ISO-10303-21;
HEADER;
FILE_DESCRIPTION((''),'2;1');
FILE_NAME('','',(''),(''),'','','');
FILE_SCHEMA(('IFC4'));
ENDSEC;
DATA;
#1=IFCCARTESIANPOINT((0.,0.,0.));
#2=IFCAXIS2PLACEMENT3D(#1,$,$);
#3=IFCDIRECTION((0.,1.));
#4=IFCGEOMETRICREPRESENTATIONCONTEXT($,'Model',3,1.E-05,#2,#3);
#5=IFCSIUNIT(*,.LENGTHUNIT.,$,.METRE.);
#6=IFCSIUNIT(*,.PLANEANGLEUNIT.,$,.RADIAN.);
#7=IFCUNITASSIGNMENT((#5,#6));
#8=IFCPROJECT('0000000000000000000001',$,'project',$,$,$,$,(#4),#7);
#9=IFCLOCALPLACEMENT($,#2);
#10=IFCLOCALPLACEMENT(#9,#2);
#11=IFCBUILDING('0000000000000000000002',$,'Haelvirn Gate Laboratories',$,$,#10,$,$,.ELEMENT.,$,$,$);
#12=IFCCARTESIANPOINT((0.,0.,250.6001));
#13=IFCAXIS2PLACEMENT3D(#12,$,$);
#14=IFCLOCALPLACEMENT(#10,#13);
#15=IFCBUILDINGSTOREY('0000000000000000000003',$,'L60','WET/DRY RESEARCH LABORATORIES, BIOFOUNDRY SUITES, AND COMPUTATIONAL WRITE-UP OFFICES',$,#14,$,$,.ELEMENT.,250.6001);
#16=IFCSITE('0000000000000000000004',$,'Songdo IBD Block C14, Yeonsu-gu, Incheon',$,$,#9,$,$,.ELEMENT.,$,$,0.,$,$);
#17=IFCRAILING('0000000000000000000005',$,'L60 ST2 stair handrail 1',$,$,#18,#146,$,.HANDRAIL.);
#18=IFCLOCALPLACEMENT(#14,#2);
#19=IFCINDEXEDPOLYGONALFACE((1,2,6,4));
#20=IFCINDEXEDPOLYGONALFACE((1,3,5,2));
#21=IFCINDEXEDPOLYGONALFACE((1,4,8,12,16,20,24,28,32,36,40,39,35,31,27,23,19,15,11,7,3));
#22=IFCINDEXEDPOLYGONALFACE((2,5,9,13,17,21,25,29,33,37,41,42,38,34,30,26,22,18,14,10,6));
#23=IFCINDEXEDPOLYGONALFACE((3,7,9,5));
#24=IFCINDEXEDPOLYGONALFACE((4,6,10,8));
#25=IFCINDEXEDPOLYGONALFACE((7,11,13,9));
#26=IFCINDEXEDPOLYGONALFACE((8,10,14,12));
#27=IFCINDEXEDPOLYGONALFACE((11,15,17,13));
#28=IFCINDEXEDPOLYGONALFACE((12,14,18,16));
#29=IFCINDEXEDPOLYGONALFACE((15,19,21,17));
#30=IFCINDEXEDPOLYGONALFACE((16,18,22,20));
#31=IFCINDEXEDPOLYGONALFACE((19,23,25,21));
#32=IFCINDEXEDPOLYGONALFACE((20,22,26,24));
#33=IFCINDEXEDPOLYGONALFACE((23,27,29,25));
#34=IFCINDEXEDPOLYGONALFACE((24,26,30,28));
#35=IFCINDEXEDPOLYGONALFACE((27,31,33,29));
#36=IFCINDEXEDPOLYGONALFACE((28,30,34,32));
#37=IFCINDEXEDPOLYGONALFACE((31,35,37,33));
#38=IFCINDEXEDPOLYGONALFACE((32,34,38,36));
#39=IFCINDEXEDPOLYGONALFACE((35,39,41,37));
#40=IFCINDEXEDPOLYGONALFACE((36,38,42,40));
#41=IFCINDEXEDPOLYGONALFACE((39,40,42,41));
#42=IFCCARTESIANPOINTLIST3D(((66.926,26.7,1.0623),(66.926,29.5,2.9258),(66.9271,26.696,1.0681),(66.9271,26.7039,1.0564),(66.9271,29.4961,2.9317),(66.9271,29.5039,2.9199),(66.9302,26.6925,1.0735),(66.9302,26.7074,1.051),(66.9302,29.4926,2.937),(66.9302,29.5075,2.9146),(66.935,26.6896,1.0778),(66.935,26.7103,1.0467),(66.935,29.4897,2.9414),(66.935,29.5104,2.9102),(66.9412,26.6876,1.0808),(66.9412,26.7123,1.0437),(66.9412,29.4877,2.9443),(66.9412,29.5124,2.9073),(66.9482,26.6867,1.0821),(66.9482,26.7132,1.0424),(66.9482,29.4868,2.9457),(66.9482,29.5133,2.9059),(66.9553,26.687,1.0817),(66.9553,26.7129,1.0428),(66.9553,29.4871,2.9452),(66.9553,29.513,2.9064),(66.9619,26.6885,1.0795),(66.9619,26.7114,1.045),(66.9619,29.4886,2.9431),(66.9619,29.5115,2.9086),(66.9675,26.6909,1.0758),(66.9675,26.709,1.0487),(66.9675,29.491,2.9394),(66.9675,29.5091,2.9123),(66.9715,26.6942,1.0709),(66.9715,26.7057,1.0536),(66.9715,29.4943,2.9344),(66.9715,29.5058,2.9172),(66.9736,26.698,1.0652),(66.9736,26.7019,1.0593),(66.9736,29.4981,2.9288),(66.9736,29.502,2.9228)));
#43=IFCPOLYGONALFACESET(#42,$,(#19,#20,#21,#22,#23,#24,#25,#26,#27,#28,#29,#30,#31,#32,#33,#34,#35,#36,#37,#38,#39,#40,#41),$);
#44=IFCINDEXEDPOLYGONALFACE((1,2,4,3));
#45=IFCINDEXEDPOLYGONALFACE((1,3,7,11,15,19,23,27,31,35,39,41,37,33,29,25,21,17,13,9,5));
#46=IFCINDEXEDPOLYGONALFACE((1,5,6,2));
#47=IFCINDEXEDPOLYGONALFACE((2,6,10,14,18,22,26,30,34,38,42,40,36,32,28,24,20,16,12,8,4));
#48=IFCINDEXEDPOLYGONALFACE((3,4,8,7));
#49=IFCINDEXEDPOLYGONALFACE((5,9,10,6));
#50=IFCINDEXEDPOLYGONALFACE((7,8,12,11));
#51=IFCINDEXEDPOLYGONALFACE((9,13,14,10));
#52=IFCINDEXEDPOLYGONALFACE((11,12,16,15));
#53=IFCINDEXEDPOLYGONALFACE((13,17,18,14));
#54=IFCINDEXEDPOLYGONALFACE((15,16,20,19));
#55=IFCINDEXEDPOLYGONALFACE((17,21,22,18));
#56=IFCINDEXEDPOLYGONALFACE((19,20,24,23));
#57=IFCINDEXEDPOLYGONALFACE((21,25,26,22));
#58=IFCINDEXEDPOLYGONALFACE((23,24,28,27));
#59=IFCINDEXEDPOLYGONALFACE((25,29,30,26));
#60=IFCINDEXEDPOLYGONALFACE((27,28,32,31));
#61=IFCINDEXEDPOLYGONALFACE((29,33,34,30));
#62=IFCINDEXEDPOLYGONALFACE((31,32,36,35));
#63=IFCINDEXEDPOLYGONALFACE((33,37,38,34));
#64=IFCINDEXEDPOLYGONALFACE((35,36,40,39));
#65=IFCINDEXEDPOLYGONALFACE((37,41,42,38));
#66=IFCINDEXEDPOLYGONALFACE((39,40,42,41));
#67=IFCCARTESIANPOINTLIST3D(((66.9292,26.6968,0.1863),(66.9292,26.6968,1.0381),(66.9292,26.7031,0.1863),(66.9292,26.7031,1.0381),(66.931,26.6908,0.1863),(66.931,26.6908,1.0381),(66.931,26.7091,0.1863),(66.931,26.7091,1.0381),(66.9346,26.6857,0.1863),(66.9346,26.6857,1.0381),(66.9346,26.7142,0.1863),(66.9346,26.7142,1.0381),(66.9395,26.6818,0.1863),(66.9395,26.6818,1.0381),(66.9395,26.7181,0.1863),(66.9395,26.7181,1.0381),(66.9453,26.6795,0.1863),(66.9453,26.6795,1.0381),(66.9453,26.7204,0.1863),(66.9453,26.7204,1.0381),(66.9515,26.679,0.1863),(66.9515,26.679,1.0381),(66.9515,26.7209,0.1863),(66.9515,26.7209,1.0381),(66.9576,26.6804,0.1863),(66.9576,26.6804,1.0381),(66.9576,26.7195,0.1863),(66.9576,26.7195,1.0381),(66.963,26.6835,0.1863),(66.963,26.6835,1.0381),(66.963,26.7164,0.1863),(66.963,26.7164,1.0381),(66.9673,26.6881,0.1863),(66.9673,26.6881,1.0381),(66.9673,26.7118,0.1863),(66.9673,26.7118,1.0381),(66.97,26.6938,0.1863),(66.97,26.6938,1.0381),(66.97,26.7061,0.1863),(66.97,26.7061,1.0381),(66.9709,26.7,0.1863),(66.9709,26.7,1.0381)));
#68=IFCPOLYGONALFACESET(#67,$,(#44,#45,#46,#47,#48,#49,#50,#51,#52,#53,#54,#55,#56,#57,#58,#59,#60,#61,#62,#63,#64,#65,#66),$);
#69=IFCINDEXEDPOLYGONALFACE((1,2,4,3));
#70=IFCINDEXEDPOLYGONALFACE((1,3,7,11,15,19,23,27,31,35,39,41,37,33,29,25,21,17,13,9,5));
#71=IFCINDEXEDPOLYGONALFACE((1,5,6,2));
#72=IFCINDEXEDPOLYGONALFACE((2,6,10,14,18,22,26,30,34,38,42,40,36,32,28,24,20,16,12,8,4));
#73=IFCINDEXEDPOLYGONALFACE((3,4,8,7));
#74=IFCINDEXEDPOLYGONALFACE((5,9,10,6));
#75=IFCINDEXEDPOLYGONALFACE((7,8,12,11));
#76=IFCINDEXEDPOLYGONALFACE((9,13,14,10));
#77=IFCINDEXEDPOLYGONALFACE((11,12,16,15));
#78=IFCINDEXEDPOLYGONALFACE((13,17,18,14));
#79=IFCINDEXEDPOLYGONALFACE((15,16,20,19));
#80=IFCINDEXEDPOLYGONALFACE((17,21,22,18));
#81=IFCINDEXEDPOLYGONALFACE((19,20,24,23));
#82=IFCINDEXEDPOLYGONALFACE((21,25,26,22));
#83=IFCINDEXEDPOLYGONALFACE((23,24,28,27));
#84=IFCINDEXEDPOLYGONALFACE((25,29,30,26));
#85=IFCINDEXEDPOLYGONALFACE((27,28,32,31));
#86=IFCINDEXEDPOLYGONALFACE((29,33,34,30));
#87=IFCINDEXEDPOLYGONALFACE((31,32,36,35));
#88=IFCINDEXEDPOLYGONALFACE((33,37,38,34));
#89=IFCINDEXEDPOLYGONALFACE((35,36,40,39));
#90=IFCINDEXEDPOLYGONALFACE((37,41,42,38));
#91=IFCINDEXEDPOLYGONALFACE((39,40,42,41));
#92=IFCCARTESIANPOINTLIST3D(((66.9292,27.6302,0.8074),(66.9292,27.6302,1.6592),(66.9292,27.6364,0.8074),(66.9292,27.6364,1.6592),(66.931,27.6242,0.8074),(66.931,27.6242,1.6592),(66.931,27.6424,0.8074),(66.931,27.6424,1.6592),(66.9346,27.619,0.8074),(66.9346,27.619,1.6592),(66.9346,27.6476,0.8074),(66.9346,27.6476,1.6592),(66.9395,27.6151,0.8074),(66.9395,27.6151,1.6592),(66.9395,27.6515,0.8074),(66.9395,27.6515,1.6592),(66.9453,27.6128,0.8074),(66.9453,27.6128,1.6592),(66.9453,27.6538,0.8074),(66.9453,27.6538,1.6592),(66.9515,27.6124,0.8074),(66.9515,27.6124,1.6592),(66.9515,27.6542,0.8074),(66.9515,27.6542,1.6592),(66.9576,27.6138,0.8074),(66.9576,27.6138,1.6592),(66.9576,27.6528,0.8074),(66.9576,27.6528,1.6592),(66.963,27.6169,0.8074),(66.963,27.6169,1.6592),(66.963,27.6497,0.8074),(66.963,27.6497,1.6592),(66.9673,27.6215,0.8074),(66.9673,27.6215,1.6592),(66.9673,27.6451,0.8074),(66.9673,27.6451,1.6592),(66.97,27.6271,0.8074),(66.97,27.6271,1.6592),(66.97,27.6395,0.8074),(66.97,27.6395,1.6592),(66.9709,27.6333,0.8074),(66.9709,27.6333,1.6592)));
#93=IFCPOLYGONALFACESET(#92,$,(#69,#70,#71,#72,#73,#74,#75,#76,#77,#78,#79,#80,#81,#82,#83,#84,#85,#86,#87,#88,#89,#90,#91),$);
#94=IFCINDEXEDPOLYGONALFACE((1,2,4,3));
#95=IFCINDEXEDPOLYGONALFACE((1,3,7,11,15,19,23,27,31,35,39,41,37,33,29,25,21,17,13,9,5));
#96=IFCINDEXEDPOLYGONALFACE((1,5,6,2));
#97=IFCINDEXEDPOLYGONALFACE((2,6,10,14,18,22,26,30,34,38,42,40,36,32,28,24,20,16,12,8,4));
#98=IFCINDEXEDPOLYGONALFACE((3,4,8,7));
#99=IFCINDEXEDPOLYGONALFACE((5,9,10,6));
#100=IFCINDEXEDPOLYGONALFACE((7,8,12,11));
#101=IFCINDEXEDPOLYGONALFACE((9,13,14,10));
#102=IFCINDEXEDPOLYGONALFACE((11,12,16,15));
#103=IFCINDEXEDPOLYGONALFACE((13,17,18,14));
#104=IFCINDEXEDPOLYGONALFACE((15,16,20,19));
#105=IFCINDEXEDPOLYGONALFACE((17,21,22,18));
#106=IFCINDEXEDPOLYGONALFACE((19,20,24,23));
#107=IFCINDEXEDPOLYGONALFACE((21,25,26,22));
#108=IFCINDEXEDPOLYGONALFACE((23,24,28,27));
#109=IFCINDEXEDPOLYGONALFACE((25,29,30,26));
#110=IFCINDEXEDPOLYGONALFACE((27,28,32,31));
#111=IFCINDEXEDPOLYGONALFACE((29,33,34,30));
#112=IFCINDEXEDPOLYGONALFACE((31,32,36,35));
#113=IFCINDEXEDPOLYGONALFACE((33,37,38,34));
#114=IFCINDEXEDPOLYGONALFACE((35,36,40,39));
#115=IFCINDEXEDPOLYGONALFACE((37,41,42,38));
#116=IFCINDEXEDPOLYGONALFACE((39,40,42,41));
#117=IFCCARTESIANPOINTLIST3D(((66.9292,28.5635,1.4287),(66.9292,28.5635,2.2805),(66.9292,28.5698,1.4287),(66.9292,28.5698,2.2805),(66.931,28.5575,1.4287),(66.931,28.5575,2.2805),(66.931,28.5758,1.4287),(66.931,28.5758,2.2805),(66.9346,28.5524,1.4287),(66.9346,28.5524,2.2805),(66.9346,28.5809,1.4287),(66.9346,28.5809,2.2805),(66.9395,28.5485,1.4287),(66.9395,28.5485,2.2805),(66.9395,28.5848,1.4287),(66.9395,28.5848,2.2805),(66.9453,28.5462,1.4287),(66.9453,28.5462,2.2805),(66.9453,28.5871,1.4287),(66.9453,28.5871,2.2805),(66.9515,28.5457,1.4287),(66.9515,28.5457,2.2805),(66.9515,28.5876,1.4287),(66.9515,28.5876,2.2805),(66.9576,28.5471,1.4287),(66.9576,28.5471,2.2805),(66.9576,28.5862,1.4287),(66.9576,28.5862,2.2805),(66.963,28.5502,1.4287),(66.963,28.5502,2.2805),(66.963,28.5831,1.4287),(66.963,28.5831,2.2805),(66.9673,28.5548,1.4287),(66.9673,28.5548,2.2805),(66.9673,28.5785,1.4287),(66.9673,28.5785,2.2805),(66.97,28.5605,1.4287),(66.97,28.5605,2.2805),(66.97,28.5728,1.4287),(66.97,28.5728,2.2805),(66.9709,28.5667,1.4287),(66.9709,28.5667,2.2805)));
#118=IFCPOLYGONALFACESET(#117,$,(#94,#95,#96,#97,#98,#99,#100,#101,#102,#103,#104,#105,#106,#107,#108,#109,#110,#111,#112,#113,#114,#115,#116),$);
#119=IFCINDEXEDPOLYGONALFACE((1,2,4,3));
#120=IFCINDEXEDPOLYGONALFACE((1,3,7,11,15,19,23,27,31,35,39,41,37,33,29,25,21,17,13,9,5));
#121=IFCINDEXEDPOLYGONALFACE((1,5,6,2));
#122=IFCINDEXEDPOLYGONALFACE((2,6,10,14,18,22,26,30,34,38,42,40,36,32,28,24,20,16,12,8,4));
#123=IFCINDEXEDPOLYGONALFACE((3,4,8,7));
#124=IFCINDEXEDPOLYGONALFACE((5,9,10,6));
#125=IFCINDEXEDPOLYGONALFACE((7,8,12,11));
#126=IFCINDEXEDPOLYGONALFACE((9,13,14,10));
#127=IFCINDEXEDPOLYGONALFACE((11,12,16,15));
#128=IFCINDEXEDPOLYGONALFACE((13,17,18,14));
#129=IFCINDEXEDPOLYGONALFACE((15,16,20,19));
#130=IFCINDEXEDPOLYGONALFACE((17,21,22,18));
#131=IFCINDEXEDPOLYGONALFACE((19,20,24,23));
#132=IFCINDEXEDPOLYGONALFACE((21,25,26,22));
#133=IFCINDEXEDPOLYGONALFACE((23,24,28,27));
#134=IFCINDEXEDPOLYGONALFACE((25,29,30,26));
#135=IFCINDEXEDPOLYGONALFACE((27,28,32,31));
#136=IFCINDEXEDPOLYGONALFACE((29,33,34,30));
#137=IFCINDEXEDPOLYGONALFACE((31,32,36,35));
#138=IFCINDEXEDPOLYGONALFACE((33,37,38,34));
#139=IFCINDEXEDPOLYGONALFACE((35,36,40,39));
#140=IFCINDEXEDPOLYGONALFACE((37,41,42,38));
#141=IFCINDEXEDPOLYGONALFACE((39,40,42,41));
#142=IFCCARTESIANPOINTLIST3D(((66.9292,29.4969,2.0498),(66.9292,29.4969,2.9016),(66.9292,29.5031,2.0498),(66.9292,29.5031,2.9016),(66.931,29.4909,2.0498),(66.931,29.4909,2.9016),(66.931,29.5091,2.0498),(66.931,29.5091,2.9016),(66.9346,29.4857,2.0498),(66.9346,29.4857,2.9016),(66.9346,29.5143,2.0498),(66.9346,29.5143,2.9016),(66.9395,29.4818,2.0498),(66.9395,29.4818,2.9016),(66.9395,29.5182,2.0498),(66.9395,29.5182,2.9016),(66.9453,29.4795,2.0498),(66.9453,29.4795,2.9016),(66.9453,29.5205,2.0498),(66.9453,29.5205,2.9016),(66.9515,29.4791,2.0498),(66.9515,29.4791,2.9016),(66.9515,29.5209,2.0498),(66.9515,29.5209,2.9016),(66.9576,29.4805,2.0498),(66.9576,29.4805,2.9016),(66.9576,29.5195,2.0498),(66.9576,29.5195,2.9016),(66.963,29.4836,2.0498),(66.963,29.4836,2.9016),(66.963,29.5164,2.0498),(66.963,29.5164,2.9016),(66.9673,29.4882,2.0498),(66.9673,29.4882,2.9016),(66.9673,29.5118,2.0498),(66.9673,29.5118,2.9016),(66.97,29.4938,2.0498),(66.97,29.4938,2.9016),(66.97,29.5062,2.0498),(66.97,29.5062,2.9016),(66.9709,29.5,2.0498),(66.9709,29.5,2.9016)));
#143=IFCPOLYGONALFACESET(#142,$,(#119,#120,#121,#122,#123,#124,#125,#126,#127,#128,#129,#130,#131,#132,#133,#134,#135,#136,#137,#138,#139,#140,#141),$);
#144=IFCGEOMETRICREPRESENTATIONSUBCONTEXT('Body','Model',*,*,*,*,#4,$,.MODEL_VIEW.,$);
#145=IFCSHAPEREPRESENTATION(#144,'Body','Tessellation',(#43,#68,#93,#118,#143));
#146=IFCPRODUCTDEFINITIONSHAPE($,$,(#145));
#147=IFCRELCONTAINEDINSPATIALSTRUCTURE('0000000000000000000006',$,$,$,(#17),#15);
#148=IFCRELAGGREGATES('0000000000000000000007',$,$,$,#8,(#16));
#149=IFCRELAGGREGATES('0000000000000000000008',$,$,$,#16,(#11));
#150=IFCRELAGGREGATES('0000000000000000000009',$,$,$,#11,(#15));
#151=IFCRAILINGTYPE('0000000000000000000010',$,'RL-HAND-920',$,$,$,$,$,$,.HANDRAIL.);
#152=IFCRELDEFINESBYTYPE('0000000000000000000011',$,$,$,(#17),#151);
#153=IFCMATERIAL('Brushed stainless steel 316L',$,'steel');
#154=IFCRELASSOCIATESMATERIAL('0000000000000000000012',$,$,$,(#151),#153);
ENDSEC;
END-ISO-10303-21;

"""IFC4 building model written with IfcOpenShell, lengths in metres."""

from ifc_helpers import new_model, si_unit, direction, frame, origin, origin_2d, place, context, subcontext, project, spatial, circle, extrude, source, transform, mapped, material, type_object, element, save


model = new_model("IFC4")

# Units and contexts
model_context = context("Model", 3, precision=1e-05, world=origin(), true_north=direction((0.0, 1.0)))
body_context = subcontext(model_context, "Body", "Model", "MODEL_VIEW")
ifc_project = project(units=[si_unit("LENGTHUNIT", "METRE"), si_unit("PLANEANGLEUNIT", "RADIAN")], contexts=[model_context])

# Site, building, storey
site_placement = place(None, origin())
site = spatial("IfcSite", under=ifc_project, at=site_placement, Name="Songdo IBD Block C14, Yeonsu-gu, Incheon", CompositionType="ELEMENT", RefElevation=0.0)
building_placement = place(site_placement, origin())
building = spatial("IfcBuilding", under=site, at=building_placement, Name="Haelvirn Gate Laboratories", CompositionType="ELEMENT")
storey_placement = place(building_placement, frame((0.0, 0.0, 250.6001)))
storey = spatial("IfcBuildingStorey", under=building, at=storey_placement, Name="L60", Description="WET/DRY RESEARCH LABORATORIES, BIOFOUNDRY SUITES, AND COMPUTATIONAL WRITE-UP OFFICES", CompositionType="ELEMENT", Elevation=250.6001)

# Railing
ifc_material_1 = material(Name="Brushed stainless steel 316L", Category="steel")
railing_type_1 = type_object("IfcRailingType", Name="RL-HAND-920", PredefinedType="HANDRAIL", material=ifc_material_1)
shared_shape_1 = source(origin(), body_context, "Body", "SweptSolid", [
    extrude(circle(Radius=0.0239, at=origin_2d()), frame((0.0, 0.0, 0.876), z_axis=(0.0, 0.832486, 0.554047), x_axis=(-1.0, 0.0, 0.0)), (0.0, 0.0, 1.0), 3.3635),
    extrude(circle(Radius=0.021, at=origin_2d()), origin(), (0.0, 0.0, 1.0), 0.8518),
    extrude(circle(Radius=0.021, at=origin_2d()), frame((0.0, 0.9333, 0.6211)), (0.0, 0.0, 1.0), 0.8518),
    extrude(circle(Radius=0.021, at=origin_2d()), frame((0.0, 1.8667, 1.2424)), (0.0, 0.0, 1.0), 0.8518),
    extrude(circle(Radius=0.021, at=origin_2d()), frame((0.0, 2.8, 1.8635)), (0.0, 0.0, 1.0), 0.8518),
])
railing_1_placement = place(storey_placement, frame((66.95, 26.7, 0.1863)))
element("IfcRailing", 1, at=railing_1_placement, inside=storey, type_object=railing_type_1, Name="L60 ST2 stair handrail 1", PredefinedType="HANDRAIL", context=body_context, shape_type="MappedRepresentation", body=[
    mapped(shared_shape_1, transform((0.0, 0.0, 0.0), scale=1.0)),
])

save(model, "model.ifc")
